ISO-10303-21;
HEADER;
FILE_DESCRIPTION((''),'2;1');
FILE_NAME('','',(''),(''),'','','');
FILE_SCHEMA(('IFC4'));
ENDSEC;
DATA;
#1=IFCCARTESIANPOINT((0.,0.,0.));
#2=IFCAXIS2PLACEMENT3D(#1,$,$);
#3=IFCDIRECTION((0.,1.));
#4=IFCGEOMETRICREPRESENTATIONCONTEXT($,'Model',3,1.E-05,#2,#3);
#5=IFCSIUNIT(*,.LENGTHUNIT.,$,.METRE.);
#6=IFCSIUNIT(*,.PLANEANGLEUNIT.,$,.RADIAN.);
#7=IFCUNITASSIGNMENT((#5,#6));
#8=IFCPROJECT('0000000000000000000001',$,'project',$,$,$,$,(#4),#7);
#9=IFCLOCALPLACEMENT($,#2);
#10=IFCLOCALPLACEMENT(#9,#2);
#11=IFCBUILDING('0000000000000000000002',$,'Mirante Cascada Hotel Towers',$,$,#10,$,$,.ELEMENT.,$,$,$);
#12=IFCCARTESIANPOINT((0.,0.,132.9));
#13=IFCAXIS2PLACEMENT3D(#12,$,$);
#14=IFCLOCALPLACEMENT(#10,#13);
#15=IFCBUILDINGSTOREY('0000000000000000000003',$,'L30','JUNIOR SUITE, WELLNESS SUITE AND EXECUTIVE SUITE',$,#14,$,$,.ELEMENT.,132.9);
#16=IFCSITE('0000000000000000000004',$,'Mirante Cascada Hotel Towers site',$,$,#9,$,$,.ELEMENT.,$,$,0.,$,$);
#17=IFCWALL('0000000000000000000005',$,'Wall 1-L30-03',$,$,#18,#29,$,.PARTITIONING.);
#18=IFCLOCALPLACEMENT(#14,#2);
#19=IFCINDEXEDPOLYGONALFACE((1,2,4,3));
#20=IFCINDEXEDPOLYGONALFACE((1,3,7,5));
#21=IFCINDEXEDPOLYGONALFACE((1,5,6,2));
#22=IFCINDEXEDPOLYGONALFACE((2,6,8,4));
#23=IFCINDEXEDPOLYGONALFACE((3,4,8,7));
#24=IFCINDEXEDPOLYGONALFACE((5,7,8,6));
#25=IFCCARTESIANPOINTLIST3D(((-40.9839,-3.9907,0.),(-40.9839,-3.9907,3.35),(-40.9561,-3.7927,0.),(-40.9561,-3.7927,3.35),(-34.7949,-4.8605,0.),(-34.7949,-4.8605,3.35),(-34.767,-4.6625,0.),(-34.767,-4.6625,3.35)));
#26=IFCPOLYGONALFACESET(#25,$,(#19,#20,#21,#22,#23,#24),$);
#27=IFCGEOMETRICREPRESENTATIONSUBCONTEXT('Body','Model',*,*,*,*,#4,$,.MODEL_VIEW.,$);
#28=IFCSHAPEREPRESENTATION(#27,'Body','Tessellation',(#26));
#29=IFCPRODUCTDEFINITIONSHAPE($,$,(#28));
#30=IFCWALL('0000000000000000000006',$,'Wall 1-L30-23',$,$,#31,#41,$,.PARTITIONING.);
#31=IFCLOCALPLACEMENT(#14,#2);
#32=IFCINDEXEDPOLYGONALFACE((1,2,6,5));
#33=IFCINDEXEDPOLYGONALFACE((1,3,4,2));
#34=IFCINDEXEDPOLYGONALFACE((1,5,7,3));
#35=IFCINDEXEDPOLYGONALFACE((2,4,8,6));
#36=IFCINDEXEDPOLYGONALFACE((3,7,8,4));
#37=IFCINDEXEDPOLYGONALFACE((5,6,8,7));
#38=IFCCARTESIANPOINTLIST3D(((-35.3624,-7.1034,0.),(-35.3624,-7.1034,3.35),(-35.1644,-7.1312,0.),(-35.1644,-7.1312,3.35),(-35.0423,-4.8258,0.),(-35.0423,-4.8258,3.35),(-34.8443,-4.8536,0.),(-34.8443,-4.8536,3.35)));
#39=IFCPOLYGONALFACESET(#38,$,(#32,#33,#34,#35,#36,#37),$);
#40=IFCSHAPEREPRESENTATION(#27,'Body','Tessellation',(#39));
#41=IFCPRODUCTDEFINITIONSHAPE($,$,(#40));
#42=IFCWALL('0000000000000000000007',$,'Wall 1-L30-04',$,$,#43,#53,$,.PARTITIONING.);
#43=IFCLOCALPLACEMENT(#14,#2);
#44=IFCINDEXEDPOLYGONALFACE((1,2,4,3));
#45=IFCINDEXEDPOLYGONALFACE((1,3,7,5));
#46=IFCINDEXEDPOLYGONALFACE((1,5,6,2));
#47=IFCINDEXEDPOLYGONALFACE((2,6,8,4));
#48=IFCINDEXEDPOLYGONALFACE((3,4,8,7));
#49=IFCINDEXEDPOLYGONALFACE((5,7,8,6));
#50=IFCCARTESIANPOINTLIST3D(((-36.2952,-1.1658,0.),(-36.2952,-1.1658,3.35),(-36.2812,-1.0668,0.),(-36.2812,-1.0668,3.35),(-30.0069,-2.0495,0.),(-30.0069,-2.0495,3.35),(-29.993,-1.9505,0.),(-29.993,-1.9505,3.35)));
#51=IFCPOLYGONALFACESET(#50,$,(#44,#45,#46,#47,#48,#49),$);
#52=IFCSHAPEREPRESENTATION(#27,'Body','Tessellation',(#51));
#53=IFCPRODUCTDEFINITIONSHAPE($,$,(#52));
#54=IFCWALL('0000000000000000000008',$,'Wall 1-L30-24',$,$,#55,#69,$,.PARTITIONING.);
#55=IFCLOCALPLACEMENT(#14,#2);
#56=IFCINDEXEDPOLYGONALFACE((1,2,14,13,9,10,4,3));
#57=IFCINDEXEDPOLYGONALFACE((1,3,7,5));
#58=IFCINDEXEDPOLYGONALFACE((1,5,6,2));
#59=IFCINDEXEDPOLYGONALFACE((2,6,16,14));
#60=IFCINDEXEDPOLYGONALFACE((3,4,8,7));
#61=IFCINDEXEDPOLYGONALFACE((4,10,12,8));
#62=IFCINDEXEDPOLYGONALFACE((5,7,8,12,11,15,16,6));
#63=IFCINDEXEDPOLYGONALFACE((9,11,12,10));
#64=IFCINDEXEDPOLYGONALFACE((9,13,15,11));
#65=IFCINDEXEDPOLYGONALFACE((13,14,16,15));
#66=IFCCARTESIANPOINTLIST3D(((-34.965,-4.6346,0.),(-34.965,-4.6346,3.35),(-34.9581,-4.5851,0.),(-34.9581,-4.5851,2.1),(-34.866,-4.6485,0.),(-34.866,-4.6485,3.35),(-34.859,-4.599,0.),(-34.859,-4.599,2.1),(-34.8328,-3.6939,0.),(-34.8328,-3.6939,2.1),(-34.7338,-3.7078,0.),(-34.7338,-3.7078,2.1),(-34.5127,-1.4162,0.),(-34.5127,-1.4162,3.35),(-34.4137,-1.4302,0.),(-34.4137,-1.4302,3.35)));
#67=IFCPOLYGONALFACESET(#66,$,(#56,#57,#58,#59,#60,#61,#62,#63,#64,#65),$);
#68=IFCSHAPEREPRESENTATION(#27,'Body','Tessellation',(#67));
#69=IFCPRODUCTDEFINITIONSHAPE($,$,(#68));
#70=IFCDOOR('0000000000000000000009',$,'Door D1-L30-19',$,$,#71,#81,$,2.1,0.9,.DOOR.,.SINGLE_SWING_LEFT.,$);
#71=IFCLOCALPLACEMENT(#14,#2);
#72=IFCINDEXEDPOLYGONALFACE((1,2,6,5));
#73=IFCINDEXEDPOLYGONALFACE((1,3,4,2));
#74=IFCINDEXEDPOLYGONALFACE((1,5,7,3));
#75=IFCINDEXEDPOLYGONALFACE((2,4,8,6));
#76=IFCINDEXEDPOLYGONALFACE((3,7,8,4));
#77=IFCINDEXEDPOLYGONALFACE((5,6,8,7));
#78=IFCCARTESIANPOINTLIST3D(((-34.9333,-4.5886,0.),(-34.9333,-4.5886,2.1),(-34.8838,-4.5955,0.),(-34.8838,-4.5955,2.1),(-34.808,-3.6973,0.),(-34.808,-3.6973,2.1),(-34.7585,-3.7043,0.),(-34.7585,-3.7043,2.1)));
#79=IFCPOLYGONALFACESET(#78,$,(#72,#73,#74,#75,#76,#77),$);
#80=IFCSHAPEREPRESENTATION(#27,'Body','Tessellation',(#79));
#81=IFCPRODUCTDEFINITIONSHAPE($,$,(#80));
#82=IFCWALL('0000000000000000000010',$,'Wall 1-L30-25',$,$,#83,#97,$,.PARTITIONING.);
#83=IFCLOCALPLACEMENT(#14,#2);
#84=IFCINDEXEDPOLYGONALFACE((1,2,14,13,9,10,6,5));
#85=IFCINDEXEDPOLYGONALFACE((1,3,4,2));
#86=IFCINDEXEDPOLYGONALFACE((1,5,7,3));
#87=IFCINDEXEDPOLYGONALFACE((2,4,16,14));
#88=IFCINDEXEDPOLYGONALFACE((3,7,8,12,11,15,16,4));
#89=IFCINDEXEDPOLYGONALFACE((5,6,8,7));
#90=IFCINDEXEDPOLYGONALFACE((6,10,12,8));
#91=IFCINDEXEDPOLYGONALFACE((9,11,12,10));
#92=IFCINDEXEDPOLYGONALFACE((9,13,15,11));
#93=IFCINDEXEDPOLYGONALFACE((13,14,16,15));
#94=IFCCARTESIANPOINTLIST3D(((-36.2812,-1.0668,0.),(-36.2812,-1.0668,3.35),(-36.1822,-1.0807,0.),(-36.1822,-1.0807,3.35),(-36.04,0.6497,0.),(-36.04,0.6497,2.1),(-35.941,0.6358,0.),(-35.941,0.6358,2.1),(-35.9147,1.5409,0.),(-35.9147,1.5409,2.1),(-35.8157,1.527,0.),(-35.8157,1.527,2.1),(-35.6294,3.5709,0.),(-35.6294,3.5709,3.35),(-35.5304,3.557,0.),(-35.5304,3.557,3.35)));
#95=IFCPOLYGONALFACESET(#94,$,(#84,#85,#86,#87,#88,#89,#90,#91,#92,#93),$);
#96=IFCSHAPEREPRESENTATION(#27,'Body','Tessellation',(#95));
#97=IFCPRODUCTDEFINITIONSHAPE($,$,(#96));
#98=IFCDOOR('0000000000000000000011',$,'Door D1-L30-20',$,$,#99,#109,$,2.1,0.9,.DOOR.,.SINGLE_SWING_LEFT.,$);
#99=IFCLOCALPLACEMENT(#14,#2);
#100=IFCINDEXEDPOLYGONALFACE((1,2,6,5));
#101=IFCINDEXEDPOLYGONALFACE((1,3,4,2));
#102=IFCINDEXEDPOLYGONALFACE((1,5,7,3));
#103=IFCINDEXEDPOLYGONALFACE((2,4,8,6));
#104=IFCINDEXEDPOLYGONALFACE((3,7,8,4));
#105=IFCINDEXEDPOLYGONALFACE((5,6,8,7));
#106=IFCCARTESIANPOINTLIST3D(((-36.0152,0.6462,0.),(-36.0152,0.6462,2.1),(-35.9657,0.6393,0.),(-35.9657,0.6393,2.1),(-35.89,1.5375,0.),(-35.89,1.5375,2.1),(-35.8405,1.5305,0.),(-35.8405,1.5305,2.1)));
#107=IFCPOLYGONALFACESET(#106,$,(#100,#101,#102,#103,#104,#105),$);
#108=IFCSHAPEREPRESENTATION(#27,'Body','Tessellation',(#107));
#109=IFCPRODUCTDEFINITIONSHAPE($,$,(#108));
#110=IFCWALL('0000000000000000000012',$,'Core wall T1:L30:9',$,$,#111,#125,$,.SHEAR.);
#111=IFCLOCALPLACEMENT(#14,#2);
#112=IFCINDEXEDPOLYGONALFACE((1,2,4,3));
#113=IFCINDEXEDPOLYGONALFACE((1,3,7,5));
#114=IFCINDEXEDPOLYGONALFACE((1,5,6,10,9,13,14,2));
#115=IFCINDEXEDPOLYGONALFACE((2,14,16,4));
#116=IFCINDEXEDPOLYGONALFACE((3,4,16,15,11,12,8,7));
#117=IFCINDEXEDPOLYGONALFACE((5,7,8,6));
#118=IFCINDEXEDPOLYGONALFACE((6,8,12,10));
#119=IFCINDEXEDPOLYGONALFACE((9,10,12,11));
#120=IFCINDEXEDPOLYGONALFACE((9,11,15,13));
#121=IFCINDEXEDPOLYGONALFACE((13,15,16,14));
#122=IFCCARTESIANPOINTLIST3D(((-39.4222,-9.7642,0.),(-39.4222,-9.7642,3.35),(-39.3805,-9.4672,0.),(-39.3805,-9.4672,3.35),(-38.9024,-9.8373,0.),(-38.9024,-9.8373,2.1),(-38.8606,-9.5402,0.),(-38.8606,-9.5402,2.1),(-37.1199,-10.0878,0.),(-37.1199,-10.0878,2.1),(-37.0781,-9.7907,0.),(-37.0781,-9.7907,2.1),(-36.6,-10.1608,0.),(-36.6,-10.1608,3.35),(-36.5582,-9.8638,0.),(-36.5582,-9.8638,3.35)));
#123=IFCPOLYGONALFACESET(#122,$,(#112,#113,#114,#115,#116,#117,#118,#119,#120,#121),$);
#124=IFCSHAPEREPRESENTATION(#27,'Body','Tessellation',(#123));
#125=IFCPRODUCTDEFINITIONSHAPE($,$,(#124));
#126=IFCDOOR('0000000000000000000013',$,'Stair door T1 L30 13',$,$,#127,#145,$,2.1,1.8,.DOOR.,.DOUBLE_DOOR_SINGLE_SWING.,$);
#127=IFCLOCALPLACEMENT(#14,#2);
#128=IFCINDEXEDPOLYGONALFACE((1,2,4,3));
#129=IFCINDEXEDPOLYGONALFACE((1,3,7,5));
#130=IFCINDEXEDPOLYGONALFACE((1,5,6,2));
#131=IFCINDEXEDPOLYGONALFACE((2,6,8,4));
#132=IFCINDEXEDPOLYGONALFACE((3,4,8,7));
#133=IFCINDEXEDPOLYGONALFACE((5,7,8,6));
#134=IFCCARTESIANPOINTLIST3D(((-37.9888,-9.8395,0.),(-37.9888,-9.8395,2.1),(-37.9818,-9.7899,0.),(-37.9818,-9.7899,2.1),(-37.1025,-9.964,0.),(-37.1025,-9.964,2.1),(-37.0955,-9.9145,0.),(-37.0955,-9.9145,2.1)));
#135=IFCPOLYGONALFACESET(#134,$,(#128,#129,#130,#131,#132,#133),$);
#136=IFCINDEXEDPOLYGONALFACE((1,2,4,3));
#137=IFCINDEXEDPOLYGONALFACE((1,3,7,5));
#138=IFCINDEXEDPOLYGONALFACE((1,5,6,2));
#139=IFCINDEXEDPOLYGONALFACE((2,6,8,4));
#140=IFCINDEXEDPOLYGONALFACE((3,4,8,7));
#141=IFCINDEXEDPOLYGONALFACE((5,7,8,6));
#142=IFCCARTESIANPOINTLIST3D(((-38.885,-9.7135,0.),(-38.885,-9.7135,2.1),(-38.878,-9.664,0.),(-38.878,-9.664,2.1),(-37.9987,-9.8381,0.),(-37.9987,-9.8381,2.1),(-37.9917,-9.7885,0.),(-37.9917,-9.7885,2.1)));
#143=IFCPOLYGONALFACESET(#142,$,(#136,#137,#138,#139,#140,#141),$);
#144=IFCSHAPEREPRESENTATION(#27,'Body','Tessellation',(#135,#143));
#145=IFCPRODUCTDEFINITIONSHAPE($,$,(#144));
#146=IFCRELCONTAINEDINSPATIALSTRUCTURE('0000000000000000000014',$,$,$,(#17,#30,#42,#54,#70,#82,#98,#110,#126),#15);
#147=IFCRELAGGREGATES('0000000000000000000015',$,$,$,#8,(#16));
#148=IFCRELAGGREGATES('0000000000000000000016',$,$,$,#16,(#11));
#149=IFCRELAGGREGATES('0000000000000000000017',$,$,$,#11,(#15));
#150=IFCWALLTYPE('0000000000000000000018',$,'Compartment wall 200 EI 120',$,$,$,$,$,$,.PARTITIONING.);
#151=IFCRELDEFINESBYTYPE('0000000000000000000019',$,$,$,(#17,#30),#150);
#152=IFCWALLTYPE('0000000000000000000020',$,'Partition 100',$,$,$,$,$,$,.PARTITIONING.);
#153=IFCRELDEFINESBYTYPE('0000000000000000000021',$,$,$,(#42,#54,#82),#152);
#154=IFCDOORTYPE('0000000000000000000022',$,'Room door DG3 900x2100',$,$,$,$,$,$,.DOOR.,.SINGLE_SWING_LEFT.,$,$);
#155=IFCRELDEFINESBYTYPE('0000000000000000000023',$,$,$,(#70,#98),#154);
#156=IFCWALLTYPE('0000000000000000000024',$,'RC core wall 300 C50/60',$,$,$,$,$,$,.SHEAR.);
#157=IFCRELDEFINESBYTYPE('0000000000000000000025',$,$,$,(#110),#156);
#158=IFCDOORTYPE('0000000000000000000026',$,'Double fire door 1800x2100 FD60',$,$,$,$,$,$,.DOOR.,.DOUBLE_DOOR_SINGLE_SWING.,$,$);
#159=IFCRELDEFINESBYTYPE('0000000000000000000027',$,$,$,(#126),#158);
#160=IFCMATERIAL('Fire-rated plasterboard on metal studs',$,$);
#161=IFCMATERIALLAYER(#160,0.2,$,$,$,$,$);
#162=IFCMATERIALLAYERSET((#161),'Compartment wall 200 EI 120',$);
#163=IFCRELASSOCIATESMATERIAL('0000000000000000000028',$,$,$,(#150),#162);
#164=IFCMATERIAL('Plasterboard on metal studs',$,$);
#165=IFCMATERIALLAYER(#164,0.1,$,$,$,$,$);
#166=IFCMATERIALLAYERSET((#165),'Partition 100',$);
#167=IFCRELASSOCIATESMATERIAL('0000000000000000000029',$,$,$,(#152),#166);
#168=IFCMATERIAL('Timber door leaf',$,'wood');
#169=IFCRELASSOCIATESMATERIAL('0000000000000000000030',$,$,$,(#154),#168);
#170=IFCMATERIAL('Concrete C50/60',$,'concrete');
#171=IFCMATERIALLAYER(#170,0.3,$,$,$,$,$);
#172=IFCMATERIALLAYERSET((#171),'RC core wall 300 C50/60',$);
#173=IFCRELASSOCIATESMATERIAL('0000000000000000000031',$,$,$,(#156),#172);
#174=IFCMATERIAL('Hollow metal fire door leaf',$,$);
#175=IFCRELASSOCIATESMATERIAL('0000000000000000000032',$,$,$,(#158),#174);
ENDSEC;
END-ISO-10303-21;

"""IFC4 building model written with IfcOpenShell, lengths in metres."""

from ifc_helpers import new_model, si_unit, direction, frame, frame_2d, origin, place, context, subcontext, project, spatial, rectangle, extrude, material, layer, layer_set, type_object, element, fill, save


model = new_model("IFC4")

# Units and contexts
model_context = context("Model", 3, precision=1e-05, world=origin(), true_north=direction((0.0, 1.0)))
body_context = subcontext(model_context, "Body", "Model", "MODEL_VIEW")
ifc_project = project(units=[si_unit("LENGTHUNIT", "METRE"), si_unit("PLANEANGLEUNIT", "RADIAN")], contexts=[model_context])

# Site, building, storey
site_placement = place(None, origin())
site = spatial("IfcSite", under=ifc_project, at=site_placement, Name="Mirante Cascada Hotel Towers site", CompositionType="ELEMENT", RefElevation=0.0)
building_placement = place(site_placement, origin())
building = spatial("IfcBuilding", under=site, at=building_placement, Name="Mirante Cascada Hotel Towers", CompositionType="ELEMENT")
storey_placement = place(building_placement, frame((0.0, 0.0, 132.9)))
storey = spatial("IfcBuildingStorey", under=building, at=storey_placement, Name="L30", Description="JUNIOR SUITE, WELLNESS SUITE AND EXECUTIVE SUITE", CompositionType="ELEMENT", Elevation=132.9)

# Walls
ifc_material_1 = material(Name="Fire-rated plasterboard on metal studs")
ifc_layer_1 = layer(ifc_material_1, 0.2)
ifc_layer_set_1 = layer_set([ifc_layer_1], Name="Compartment wall 200 EI 120")
wall_type_1 = type_object("IfcWallType", Name="Compartment wall 200 EI 120", PredefinedType="PARTITIONING", material=ifc_layer_set_1)
wall_1_placement = place(storey_placement, frame((-34.7809, -4.7615, 0.0), z_axis=(0.0, 0.0, 1.0), x_axis=(-0.990268, 0.13917, 0.0)))
element("IfcWall", 1, at=wall_1_placement, inside=storey, type_object=wall_type_1, Name="Wall 1-L30-03", PredefinedType="PARTITIONING", context=body_context, shape_type="SweptSolid", body=[
    extrude(rectangle(XDim=6.2499, YDim=0.2, at=frame_2d((3.125, 0.0))), origin(), (0.0, 0.0, 1.0), 3.35),
])
wall_2_placement = place(storey_placement, frame((-35.2634, -7.1173, 0.0), z_axis=(0.0, 0.0, 1.0), x_axis=(0.139175, 0.990268, 0.0)))
element("IfcWall", 2, at=wall_2_placement, inside=storey, type_object=wall_type_1, Name="Wall 1-L30-23", PredefinedType="PARTITIONING", context=body_context, shape_type="SweptSolid", body=[
    extrude(rectangle(XDim=2.3, YDim=0.2, at=frame_2d((1.15, 0.0))), origin(), (0.0, 0.0, 1.0), 3.35),
])
ifc_material_2 = material(Name="Plasterboard on metal studs")
ifc_layer_2 = layer(ifc_material_2, 0.1)
ifc_layer_set_2 = layer_set([ifc_layer_2], Name="Partition 100")
wall_type_2 = type_object("IfcWallType", Name="Partition 100", PredefinedType="PARTITIONING", material=ifc_layer_set_2)
wall_3_placement = place(storey_placement, frame((-36.2882, -1.1163, 0.0), z_axis=(0.0, 0.0, 1.0), x_axis=(0.990269, -0.139166, 0.0)))
element("IfcWall", 3, at=wall_3_placement, inside=storey, type_object=wall_type_2, Name="Wall 1-L30-04", PredefinedType="PARTITIONING", context=body_context, shape_type="SweptSolid", body=[
    extrude(rectangle(XDim=6.35, YDim=0.1, at=frame_2d((3.175, 0.0))), origin(), (0.0, 0.0, 1.0), 3.35),
])

# Walls, openings, doors
wall_4_placement = place(storey_placement, frame((-34.4632, -1.4232, 0.0), z_axis=(0.0, 0.0, 1.0), x_axis=(-0.139168, -0.990269, 0.0)))
wall_4 = element("IfcWall", 4, at=wall_4_placement, inside=storey, type_object=wall_type_2, Name="Wall 1-L30-24", PredefinedType="PARTITIONING", context=body_context, shape_type="SweptSolid", body=[
    extrude(rectangle(XDim=3.25, YDim=0.1, at=frame_2d((1.625, 0.0))), origin(), (0.0, 0.0, 1.0), 3.35),
])
opening_1_placement = place(wall_4_placement, frame((2.3, 0.0, 0.0)))
opening_1 = element("IfcOpeningElement", 5, at=opening_1_placement, cuts=wall_4, PredefinedType="OPENING", context=body_context, shape_type="SweptSolid", body=[
    extrude(rectangle(XDim=0.9, YDim=2.1, at=frame_2d((0.45, 1.05))), frame((0.0, 0.05, 0.0), z_axis=(0.0, -1.0, 0.0), x_axis=(1.0, 0.0, 0.0)), (0.0, 0.0, 1.0), 0.1),
])
ifc_material_3 = material(Name="Timber door leaf", Category="wood")
door_type_1 = type_object("IfcDoorType", Name="Room door DG3 900x2100", OperationType="SINGLE_SWING_LEFT", PredefinedType="DOOR", material=ifc_material_3)
door_1_placement = place(opening_1_placement, origin())
door_1 = element("IfcDoor", 6, at=door_1_placement, inside=storey, type_object=door_type_1, Name="Door D1-L30-19", OperationType="SINGLE_SWING_LEFT", OverallHeight=2.1, OverallWidth=0.9, PredefinedType="DOOR", context=body_context, shape_type="SweptSolid", body=[
    extrude(rectangle(XDim=0.9, YDim=2.1, at=frame_2d((0.45, 1.05))), frame((0.0, 0.025, 0.0), z_axis=(0.0, -1.0, 0.0), x_axis=(1.0, 0.0, 0.0)), (0.0, 0.0, 1.0), 0.05),
])
fill(opening_1, door_1)
wall_5_placement = place(storey_placement, frame((-36.2317, -1.0737, 0.0), z_axis=(0.0, 0.0, 1.0), x_axis=(0.139176, 0.990268, 0.0)))
wall_5 = element("IfcWall", 7, at=wall_5_placement, inside=storey, type_object=wall_type_2, Name="Wall 1-L30-25", PredefinedType="PARTITIONING", context=body_context, shape_type="SweptSolid", body=[
    extrude(rectangle(XDim=4.6833, YDim=0.1, at=frame_2d((2.3416, 0.0))), origin(), (0.0, 0.0, 1.0), 3.35),
])
opening_2_placement = place(wall_5_placement, frame((1.7333, 0.0, 0.0)))
opening_2 = element("IfcOpeningElement", 8, at=opening_2_placement, cuts=wall_5, PredefinedType="OPENING", context=body_context, shape_type="SweptSolid", body=[
    extrude(rectangle(XDim=0.9, YDim=2.1, at=frame_2d((0.45, 1.05))), frame((0.0, 0.05, 0.0), z_axis=(0.0, -1.0, 0.0), x_axis=(1.0, 0.0, 0.0)), (0.0, 0.0, 1.0), 0.1),
])
door_2_placement = place(opening_2_placement, origin())
door_2 = element("IfcDoor", 9, at=door_2_placement, inside=storey, type_object=door_type_1, Name="Door D1-L30-20", OperationType="SINGLE_SWING_LEFT", OverallHeight=2.1, OverallWidth=0.9, PredefinedType="DOOR", context=body_context, shape_type="SweptSolid", body=[
    extrude(rectangle(XDim=0.9, YDim=2.1, at=frame_2d((0.45, 1.05))), frame((0.0, 0.025, 0.0), z_axis=(0.0, -1.0, 0.0), x_axis=(1.0, 0.0, 0.0)), (0.0, 0.0, 1.0), 0.05),
])
fill(opening_2, door_2)
ifc_material_4 = material(Name="Concrete C50/60", Category="concrete")
ifc_layer_3 = layer(ifc_material_4, 0.3)
ifc_layer_set_3 = layer_set([ifc_layer_3], Name="RC core wall 300 C50/60")
wall_type_3 = type_object("IfcWallType", Name="RC core wall 300 C50/60", PredefinedType="SHEAR", material=ifc_layer_set_3)
wall_6_placement = place(storey_placement, frame((-36.5791, -10.0123, 0.0), z_axis=(0.0, 0.0, 1.0), x_axis=(-0.99027, 0.139156, 0.0)))
wall_6 = element("IfcWall", 10, at=wall_6_placement, inside=storey, type_object=wall_type_3, Name="Core wall T1:L30:9", PredefinedType="SHEAR", context=body_context, shape_type="SweptSolid", body=[
    extrude(rectangle(XDim=2.85, YDim=0.3, at=frame_2d((1.425, 0.0))), origin(), (0.0, 0.0, 1.0), 3.35),
])
opening_3_placement = place(wall_6_placement, frame((0.525, 0.0, 0.0)))
opening_3 = element("IfcOpeningElement", 11, at=opening_3_placement, cuts=wall_6, PredefinedType="OPENING", context=body_context, shape_type="SweptSolid", body=[
    extrude(rectangle(XDim=1.8, YDim=2.1, at=frame_2d((0.9, 1.05))), frame((0.0, 0.15, 0.0), z_axis=(0.0, -1.0, 0.0), x_axis=(1.0, 0.0, 0.0)), (0.0, 0.0, 1.0), 0.3),
])
ifc_material_5 = material(Name="Hollow metal fire door leaf")
door_type_2 = type_object("IfcDoorType", Name="Double fire door 1800x2100 FD60", OperationType="DOUBLE_DOOR_SINGLE_SWING", PredefinedType="DOOR", material=ifc_material_5)
door_3_placement = place(opening_3_placement, origin())
door_3 = element("IfcDoor", 12, at=door_3_placement, inside=storey, type_object=door_type_2, Name="Stair door T1 L30 13", OperationType="DOUBLE_DOOR_SINGLE_SWING", OverallHeight=2.1, OverallWidth=1.8, PredefinedType="DOOR", context=body_context, shape_type="SweptSolid", body=[
    extrude(rectangle(XDim=0.895, YDim=2.1, at=frame_2d((0.4475, 1.05))), frame((0.0, 0.025, 0.0), z_axis=(0.0, -1.0, 0.0), x_axis=(1.0, 0.0, 0.0)), (0.0, 0.0, 1.0), 0.05),
    extrude(rectangle(XDim=0.895, YDim=2.1, at=frame_2d((1.3525, 1.05))), frame((0.0, 0.025, 0.0), z_axis=(0.0, -1.0, 0.0), x_axis=(1.0, 0.0, 0.0)), (0.0, 0.0, 1.0), 0.05),
])
fill(opening_3, door_3)

save(model, "model.ifc")
